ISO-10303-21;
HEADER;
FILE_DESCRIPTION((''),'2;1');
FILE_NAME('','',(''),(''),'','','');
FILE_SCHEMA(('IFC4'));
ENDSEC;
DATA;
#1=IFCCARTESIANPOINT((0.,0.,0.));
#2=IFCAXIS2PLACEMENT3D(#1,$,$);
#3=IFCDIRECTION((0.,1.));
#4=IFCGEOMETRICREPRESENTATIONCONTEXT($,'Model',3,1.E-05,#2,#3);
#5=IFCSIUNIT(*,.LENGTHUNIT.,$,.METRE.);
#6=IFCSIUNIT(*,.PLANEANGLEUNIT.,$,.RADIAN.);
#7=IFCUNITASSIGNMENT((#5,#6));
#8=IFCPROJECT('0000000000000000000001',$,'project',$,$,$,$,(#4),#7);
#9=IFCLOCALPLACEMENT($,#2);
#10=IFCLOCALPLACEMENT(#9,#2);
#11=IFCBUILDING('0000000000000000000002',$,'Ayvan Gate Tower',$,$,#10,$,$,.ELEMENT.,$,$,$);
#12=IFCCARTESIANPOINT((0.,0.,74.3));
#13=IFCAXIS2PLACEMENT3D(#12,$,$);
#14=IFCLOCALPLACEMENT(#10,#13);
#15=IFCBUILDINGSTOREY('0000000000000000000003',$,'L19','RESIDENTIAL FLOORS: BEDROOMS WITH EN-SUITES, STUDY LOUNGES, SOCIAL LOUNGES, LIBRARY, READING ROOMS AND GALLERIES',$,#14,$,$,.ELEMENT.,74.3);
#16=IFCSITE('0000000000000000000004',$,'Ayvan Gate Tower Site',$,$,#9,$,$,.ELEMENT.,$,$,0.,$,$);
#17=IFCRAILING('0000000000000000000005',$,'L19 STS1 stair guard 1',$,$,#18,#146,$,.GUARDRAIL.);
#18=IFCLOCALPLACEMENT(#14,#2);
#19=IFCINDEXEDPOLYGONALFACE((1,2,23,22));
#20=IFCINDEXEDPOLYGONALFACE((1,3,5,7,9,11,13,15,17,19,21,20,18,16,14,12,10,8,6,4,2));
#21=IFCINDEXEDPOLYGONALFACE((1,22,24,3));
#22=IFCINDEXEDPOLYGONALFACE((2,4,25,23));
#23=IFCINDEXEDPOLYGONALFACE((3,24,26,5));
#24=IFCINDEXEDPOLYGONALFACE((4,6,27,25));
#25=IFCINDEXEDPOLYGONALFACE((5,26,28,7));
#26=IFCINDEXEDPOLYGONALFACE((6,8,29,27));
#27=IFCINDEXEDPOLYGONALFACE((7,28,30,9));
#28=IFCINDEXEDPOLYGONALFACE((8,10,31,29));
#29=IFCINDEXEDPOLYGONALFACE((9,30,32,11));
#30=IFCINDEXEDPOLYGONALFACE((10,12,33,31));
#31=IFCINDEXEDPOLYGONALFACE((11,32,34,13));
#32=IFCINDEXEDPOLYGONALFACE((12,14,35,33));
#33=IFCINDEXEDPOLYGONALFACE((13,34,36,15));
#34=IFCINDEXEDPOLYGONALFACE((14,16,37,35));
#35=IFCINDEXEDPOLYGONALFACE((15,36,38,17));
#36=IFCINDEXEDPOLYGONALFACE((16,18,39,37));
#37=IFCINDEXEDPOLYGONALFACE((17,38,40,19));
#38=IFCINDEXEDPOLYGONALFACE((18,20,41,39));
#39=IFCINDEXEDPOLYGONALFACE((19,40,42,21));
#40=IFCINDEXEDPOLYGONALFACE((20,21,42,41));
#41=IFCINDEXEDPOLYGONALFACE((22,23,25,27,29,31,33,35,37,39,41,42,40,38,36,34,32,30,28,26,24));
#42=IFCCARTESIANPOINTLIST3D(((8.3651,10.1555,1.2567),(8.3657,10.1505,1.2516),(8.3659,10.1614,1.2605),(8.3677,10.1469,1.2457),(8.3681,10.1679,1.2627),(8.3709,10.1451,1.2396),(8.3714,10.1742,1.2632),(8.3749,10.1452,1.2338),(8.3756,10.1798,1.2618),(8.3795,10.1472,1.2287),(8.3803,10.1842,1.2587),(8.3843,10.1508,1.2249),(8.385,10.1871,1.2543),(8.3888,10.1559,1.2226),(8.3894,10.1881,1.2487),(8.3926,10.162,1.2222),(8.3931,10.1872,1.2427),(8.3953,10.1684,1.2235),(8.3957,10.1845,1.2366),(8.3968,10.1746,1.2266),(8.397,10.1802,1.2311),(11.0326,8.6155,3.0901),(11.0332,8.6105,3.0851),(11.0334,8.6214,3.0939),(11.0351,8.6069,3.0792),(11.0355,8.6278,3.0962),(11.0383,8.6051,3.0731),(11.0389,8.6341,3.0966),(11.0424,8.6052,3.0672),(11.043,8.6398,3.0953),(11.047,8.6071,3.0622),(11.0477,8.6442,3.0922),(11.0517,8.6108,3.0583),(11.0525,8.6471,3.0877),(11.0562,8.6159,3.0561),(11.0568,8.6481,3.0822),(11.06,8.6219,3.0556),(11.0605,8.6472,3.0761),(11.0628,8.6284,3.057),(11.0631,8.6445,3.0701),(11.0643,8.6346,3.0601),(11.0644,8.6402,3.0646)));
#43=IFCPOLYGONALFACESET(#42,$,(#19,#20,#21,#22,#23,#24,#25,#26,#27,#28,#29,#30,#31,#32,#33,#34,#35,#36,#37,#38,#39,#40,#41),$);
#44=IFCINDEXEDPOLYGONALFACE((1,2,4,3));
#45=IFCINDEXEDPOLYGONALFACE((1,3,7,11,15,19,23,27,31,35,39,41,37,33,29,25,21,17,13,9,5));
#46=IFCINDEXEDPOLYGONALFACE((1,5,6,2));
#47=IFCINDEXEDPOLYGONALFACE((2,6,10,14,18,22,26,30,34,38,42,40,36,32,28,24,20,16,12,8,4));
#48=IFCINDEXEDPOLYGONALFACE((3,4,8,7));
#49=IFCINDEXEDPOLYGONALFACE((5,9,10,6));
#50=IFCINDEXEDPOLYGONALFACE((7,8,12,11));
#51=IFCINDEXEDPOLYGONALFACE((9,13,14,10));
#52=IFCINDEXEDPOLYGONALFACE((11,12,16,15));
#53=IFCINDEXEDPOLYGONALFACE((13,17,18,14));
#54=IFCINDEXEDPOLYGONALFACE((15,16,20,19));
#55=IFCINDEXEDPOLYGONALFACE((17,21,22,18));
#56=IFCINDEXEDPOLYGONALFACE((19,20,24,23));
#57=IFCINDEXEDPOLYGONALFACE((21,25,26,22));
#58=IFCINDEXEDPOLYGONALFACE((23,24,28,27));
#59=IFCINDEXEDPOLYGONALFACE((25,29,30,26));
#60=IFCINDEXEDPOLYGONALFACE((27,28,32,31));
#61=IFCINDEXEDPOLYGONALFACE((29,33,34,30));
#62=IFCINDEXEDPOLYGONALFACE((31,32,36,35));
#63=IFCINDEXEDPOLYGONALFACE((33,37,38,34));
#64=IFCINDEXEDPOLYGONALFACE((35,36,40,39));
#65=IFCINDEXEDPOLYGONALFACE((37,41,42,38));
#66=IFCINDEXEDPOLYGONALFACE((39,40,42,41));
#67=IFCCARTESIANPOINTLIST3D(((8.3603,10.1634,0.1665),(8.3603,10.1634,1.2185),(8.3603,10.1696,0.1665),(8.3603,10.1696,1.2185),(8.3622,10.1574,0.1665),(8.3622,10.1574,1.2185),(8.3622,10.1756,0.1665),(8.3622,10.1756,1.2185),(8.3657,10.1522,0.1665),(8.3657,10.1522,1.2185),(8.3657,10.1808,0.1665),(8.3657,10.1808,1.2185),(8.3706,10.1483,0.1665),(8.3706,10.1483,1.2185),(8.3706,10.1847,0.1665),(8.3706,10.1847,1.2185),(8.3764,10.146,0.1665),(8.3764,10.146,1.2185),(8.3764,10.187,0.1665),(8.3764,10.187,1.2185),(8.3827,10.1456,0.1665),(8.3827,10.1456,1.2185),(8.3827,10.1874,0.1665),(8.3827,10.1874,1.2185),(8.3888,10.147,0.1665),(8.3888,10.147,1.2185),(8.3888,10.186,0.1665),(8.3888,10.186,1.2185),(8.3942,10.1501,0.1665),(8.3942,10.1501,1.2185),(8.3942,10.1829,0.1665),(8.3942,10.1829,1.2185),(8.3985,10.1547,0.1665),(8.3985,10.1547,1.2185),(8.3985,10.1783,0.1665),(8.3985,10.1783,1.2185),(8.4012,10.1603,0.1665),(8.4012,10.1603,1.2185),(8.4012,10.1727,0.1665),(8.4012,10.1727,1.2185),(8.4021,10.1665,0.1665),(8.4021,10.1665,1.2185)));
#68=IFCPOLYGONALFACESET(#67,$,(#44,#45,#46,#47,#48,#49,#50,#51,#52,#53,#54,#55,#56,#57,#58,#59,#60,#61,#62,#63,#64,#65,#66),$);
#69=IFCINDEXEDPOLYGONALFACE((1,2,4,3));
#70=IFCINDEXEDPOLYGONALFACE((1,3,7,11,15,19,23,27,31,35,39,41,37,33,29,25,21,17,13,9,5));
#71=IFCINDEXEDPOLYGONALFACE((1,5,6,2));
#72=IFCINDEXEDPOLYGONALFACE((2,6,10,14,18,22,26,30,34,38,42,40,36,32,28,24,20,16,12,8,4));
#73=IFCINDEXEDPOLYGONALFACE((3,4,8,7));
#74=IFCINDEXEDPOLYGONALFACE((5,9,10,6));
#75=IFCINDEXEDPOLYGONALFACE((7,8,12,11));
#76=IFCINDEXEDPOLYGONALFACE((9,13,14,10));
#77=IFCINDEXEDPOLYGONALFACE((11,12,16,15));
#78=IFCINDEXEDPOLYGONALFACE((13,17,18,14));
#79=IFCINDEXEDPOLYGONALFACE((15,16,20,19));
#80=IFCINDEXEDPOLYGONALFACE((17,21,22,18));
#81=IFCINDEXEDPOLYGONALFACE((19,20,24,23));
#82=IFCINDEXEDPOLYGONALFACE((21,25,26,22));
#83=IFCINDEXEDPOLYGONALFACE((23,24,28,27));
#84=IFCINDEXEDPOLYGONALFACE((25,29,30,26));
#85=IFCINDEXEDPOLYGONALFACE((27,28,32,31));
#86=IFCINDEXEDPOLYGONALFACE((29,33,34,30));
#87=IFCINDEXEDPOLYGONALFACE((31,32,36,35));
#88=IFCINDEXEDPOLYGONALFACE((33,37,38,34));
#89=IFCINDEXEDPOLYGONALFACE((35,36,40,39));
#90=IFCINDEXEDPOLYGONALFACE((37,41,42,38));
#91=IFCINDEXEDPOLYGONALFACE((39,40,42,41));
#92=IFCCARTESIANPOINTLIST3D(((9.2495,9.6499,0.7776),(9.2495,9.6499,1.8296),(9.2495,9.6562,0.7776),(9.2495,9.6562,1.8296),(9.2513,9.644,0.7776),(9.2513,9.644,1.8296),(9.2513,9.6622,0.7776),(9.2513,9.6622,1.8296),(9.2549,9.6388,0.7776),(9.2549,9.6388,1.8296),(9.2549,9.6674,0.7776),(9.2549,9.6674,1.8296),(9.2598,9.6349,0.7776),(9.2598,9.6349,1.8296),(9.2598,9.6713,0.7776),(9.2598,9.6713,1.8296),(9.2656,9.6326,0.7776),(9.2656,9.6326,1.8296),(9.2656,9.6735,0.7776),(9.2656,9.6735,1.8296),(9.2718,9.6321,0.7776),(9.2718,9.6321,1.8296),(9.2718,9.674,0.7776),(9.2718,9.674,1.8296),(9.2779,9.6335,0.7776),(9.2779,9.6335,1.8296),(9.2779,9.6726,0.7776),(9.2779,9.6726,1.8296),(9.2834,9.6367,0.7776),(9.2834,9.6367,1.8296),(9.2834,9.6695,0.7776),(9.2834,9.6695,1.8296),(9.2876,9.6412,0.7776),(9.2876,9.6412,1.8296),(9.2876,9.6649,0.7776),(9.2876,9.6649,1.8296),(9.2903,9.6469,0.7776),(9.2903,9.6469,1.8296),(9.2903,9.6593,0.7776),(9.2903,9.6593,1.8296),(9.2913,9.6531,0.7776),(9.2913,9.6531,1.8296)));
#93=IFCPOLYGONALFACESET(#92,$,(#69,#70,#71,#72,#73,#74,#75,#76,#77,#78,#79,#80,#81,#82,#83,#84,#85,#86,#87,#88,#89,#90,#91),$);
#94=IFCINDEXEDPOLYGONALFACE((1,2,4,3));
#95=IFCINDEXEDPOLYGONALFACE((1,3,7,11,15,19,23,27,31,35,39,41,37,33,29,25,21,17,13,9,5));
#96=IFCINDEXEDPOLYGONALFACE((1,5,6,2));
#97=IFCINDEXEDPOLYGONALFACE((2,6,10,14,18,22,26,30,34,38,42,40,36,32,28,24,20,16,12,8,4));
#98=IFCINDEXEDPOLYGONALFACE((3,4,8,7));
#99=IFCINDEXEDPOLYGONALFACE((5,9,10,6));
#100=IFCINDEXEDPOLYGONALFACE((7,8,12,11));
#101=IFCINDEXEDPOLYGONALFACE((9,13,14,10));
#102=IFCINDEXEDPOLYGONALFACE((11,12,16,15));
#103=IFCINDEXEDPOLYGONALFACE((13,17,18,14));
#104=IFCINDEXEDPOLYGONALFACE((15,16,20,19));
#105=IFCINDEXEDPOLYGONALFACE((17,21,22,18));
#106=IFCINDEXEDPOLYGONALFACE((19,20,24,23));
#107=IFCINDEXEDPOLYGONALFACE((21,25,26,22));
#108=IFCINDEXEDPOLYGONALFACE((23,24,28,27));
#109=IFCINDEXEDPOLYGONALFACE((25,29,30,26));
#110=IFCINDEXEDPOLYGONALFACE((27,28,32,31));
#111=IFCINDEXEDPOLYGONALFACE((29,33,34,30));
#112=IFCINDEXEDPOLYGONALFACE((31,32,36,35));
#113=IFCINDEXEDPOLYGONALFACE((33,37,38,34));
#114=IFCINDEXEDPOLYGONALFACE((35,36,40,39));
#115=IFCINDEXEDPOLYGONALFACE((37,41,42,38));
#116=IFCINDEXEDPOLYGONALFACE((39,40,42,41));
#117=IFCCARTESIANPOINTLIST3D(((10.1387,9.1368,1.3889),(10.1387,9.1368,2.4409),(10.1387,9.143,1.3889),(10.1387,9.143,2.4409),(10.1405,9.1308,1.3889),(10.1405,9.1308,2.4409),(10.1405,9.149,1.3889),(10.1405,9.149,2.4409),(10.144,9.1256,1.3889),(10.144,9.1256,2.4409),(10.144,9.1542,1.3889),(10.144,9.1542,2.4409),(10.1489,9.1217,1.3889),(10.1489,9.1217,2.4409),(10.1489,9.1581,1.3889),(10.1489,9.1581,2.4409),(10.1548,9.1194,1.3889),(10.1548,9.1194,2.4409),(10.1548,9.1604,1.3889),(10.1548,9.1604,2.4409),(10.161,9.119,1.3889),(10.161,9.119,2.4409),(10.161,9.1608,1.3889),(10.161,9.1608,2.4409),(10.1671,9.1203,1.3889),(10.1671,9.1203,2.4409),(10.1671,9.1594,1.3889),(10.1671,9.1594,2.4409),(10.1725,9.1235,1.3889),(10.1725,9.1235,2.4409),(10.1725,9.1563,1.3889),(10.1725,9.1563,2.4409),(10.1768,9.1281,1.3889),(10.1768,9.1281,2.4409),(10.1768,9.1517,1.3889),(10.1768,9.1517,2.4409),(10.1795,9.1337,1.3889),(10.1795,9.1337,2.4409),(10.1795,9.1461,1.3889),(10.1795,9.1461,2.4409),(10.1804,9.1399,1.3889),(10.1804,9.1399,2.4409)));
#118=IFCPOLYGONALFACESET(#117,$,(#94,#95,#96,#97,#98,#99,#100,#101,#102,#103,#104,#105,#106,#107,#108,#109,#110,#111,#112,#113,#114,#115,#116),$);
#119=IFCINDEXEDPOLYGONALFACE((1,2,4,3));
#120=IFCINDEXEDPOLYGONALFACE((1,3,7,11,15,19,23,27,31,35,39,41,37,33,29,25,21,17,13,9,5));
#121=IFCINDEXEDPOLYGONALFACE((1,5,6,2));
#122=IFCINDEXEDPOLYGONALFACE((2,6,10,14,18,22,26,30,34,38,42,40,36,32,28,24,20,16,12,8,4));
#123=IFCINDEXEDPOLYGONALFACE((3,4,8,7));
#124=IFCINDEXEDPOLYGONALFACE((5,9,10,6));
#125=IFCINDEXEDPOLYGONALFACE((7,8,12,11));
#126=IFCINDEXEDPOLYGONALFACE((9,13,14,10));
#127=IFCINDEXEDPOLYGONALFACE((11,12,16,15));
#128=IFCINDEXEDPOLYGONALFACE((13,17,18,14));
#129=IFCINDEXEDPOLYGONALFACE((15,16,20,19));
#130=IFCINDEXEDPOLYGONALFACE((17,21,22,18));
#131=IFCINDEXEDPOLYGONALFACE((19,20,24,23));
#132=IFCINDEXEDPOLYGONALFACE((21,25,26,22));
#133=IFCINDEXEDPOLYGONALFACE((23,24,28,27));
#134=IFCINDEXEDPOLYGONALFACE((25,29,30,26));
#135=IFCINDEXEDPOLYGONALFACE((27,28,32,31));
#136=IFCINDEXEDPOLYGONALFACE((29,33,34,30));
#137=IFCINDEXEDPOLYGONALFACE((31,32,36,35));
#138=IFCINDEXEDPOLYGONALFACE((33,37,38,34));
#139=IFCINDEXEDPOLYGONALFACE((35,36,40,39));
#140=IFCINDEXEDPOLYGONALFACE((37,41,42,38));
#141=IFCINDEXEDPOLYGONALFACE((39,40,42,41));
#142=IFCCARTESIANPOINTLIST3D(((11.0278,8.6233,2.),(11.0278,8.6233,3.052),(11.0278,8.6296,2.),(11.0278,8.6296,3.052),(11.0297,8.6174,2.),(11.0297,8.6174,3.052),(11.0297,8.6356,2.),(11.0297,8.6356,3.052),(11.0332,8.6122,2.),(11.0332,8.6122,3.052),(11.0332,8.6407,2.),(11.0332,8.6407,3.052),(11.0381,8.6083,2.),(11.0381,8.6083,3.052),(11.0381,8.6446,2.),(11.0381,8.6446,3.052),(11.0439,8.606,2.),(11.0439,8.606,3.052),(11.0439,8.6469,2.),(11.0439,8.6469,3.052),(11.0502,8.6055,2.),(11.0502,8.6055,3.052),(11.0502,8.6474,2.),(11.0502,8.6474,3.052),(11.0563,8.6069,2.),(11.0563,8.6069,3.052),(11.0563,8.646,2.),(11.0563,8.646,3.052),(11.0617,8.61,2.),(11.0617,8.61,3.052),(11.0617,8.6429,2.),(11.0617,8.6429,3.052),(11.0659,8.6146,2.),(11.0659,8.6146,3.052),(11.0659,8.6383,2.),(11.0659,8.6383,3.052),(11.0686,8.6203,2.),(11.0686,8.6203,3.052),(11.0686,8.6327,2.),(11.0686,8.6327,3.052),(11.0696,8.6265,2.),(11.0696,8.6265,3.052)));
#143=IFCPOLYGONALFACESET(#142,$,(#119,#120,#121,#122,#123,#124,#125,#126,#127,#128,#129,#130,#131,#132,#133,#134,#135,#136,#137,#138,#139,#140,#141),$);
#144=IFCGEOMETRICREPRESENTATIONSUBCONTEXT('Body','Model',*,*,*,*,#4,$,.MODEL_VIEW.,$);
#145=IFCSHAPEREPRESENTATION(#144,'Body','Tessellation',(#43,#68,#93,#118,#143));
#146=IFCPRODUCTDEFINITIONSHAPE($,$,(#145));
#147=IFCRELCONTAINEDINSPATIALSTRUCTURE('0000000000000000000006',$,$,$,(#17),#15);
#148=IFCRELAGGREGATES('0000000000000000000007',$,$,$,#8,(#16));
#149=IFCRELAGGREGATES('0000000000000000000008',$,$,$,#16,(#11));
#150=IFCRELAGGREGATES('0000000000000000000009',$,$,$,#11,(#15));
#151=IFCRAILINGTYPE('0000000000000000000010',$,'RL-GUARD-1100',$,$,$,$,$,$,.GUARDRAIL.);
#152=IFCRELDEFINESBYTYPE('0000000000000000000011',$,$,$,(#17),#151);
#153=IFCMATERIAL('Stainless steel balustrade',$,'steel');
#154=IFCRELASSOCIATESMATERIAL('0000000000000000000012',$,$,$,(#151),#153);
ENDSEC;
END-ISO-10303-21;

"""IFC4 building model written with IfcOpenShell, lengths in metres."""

from ifc_helpers import new_model, si_unit, direction, frame, origin, origin_2d, place, context, subcontext, project, spatial, circle, extrude, material, type_object, element, save


model = new_model("IFC4")

# Units and contexts
model_context = context("Model", 3, precision=1e-05, world=origin(), true_north=direction((0.0, 1.0)))
body_context = subcontext(model_context, "Body", "Model", "MODEL_VIEW")
ifc_project = project(units=[si_unit("LENGTHUNIT", "METRE"), si_unit("PLANEANGLEUNIT", "RADIAN")], contexts=[model_context])

# Site, building, storey
site_placement = place(None, origin())
site = spatial("IfcSite", under=ifc_project, at=site_placement, Name="Ayvan Gate Tower Site", CompositionType="ELEMENT", RefElevation=0.0)
building_placement = place(site_placement, origin())
building = spatial("IfcBuilding", under=site, at=building_placement, Name="Ayvan Gate Tower", CompositionType="ELEMENT")
storey_placement = place(building_placement, frame((0.0, 0.0, 74.3)))
storey = spatial("IfcBuildingStorey", under=building, at=storey_placement, Name="L19", Description="RESIDENTIAL FLOORS: BEDROOMS WITH EN-SUITES, STUDY LOUNGES, SOCIAL LOUNGES, LIBRARY, READING ROOMS AND GALLERIES", CompositionType="ELEMENT", Elevation=74.3)

# Railing
ifc_material_1 = material(Name="Stainless steel balustrade", Category="steel")
railing_type_1 = type_object("IfcRailingType", Name="RL-GUARD-1100", PredefinedType="GUARDRAIL", material=ifc_material_1)
railing_1_placement = place(storey_placement, frame((8.3811, 10.1665, 0.1665)))
element("IfcRailing", 1, at=railing_1_placement, inside=storey, type_object=railing_type_1, Name="L19 STS1 stair guard 1", PredefinedType="GUARDRAIL", context=body_context, shape_type="SweptSolid", body=[
    extrude(circle(Radius=0.0239, at=origin_2d()), frame((0.0, 0.0, 1.0762), z_axis=(0.744164, -0.429634, 0.511502), x_axis=(0.499992, 0.86603, 0.0)), (0.0, 0.0, 1.0), 3.5845),
    extrude(circle(Radius=0.021, at=origin_2d()), origin(), (0.0, 0.0, 1.0), 1.052),
    extrude(circle(Radius=0.021, at=origin_2d()), frame((0.8892, -0.5134, 0.6111)), (0.0, 0.0, 1.0), 1.052),
    extrude(circle(Radius=0.021, at=origin_2d()), frame((1.7783, -1.0266, 1.2224)), (0.0, 0.0, 1.0), 1.052),
    extrude(circle(Radius=0.021, at=origin_2d()), frame((2.6675, -1.54, 1.8335)), (0.0, 0.0, 1.0), 1.052),
])

save(model, "model.ifc")
